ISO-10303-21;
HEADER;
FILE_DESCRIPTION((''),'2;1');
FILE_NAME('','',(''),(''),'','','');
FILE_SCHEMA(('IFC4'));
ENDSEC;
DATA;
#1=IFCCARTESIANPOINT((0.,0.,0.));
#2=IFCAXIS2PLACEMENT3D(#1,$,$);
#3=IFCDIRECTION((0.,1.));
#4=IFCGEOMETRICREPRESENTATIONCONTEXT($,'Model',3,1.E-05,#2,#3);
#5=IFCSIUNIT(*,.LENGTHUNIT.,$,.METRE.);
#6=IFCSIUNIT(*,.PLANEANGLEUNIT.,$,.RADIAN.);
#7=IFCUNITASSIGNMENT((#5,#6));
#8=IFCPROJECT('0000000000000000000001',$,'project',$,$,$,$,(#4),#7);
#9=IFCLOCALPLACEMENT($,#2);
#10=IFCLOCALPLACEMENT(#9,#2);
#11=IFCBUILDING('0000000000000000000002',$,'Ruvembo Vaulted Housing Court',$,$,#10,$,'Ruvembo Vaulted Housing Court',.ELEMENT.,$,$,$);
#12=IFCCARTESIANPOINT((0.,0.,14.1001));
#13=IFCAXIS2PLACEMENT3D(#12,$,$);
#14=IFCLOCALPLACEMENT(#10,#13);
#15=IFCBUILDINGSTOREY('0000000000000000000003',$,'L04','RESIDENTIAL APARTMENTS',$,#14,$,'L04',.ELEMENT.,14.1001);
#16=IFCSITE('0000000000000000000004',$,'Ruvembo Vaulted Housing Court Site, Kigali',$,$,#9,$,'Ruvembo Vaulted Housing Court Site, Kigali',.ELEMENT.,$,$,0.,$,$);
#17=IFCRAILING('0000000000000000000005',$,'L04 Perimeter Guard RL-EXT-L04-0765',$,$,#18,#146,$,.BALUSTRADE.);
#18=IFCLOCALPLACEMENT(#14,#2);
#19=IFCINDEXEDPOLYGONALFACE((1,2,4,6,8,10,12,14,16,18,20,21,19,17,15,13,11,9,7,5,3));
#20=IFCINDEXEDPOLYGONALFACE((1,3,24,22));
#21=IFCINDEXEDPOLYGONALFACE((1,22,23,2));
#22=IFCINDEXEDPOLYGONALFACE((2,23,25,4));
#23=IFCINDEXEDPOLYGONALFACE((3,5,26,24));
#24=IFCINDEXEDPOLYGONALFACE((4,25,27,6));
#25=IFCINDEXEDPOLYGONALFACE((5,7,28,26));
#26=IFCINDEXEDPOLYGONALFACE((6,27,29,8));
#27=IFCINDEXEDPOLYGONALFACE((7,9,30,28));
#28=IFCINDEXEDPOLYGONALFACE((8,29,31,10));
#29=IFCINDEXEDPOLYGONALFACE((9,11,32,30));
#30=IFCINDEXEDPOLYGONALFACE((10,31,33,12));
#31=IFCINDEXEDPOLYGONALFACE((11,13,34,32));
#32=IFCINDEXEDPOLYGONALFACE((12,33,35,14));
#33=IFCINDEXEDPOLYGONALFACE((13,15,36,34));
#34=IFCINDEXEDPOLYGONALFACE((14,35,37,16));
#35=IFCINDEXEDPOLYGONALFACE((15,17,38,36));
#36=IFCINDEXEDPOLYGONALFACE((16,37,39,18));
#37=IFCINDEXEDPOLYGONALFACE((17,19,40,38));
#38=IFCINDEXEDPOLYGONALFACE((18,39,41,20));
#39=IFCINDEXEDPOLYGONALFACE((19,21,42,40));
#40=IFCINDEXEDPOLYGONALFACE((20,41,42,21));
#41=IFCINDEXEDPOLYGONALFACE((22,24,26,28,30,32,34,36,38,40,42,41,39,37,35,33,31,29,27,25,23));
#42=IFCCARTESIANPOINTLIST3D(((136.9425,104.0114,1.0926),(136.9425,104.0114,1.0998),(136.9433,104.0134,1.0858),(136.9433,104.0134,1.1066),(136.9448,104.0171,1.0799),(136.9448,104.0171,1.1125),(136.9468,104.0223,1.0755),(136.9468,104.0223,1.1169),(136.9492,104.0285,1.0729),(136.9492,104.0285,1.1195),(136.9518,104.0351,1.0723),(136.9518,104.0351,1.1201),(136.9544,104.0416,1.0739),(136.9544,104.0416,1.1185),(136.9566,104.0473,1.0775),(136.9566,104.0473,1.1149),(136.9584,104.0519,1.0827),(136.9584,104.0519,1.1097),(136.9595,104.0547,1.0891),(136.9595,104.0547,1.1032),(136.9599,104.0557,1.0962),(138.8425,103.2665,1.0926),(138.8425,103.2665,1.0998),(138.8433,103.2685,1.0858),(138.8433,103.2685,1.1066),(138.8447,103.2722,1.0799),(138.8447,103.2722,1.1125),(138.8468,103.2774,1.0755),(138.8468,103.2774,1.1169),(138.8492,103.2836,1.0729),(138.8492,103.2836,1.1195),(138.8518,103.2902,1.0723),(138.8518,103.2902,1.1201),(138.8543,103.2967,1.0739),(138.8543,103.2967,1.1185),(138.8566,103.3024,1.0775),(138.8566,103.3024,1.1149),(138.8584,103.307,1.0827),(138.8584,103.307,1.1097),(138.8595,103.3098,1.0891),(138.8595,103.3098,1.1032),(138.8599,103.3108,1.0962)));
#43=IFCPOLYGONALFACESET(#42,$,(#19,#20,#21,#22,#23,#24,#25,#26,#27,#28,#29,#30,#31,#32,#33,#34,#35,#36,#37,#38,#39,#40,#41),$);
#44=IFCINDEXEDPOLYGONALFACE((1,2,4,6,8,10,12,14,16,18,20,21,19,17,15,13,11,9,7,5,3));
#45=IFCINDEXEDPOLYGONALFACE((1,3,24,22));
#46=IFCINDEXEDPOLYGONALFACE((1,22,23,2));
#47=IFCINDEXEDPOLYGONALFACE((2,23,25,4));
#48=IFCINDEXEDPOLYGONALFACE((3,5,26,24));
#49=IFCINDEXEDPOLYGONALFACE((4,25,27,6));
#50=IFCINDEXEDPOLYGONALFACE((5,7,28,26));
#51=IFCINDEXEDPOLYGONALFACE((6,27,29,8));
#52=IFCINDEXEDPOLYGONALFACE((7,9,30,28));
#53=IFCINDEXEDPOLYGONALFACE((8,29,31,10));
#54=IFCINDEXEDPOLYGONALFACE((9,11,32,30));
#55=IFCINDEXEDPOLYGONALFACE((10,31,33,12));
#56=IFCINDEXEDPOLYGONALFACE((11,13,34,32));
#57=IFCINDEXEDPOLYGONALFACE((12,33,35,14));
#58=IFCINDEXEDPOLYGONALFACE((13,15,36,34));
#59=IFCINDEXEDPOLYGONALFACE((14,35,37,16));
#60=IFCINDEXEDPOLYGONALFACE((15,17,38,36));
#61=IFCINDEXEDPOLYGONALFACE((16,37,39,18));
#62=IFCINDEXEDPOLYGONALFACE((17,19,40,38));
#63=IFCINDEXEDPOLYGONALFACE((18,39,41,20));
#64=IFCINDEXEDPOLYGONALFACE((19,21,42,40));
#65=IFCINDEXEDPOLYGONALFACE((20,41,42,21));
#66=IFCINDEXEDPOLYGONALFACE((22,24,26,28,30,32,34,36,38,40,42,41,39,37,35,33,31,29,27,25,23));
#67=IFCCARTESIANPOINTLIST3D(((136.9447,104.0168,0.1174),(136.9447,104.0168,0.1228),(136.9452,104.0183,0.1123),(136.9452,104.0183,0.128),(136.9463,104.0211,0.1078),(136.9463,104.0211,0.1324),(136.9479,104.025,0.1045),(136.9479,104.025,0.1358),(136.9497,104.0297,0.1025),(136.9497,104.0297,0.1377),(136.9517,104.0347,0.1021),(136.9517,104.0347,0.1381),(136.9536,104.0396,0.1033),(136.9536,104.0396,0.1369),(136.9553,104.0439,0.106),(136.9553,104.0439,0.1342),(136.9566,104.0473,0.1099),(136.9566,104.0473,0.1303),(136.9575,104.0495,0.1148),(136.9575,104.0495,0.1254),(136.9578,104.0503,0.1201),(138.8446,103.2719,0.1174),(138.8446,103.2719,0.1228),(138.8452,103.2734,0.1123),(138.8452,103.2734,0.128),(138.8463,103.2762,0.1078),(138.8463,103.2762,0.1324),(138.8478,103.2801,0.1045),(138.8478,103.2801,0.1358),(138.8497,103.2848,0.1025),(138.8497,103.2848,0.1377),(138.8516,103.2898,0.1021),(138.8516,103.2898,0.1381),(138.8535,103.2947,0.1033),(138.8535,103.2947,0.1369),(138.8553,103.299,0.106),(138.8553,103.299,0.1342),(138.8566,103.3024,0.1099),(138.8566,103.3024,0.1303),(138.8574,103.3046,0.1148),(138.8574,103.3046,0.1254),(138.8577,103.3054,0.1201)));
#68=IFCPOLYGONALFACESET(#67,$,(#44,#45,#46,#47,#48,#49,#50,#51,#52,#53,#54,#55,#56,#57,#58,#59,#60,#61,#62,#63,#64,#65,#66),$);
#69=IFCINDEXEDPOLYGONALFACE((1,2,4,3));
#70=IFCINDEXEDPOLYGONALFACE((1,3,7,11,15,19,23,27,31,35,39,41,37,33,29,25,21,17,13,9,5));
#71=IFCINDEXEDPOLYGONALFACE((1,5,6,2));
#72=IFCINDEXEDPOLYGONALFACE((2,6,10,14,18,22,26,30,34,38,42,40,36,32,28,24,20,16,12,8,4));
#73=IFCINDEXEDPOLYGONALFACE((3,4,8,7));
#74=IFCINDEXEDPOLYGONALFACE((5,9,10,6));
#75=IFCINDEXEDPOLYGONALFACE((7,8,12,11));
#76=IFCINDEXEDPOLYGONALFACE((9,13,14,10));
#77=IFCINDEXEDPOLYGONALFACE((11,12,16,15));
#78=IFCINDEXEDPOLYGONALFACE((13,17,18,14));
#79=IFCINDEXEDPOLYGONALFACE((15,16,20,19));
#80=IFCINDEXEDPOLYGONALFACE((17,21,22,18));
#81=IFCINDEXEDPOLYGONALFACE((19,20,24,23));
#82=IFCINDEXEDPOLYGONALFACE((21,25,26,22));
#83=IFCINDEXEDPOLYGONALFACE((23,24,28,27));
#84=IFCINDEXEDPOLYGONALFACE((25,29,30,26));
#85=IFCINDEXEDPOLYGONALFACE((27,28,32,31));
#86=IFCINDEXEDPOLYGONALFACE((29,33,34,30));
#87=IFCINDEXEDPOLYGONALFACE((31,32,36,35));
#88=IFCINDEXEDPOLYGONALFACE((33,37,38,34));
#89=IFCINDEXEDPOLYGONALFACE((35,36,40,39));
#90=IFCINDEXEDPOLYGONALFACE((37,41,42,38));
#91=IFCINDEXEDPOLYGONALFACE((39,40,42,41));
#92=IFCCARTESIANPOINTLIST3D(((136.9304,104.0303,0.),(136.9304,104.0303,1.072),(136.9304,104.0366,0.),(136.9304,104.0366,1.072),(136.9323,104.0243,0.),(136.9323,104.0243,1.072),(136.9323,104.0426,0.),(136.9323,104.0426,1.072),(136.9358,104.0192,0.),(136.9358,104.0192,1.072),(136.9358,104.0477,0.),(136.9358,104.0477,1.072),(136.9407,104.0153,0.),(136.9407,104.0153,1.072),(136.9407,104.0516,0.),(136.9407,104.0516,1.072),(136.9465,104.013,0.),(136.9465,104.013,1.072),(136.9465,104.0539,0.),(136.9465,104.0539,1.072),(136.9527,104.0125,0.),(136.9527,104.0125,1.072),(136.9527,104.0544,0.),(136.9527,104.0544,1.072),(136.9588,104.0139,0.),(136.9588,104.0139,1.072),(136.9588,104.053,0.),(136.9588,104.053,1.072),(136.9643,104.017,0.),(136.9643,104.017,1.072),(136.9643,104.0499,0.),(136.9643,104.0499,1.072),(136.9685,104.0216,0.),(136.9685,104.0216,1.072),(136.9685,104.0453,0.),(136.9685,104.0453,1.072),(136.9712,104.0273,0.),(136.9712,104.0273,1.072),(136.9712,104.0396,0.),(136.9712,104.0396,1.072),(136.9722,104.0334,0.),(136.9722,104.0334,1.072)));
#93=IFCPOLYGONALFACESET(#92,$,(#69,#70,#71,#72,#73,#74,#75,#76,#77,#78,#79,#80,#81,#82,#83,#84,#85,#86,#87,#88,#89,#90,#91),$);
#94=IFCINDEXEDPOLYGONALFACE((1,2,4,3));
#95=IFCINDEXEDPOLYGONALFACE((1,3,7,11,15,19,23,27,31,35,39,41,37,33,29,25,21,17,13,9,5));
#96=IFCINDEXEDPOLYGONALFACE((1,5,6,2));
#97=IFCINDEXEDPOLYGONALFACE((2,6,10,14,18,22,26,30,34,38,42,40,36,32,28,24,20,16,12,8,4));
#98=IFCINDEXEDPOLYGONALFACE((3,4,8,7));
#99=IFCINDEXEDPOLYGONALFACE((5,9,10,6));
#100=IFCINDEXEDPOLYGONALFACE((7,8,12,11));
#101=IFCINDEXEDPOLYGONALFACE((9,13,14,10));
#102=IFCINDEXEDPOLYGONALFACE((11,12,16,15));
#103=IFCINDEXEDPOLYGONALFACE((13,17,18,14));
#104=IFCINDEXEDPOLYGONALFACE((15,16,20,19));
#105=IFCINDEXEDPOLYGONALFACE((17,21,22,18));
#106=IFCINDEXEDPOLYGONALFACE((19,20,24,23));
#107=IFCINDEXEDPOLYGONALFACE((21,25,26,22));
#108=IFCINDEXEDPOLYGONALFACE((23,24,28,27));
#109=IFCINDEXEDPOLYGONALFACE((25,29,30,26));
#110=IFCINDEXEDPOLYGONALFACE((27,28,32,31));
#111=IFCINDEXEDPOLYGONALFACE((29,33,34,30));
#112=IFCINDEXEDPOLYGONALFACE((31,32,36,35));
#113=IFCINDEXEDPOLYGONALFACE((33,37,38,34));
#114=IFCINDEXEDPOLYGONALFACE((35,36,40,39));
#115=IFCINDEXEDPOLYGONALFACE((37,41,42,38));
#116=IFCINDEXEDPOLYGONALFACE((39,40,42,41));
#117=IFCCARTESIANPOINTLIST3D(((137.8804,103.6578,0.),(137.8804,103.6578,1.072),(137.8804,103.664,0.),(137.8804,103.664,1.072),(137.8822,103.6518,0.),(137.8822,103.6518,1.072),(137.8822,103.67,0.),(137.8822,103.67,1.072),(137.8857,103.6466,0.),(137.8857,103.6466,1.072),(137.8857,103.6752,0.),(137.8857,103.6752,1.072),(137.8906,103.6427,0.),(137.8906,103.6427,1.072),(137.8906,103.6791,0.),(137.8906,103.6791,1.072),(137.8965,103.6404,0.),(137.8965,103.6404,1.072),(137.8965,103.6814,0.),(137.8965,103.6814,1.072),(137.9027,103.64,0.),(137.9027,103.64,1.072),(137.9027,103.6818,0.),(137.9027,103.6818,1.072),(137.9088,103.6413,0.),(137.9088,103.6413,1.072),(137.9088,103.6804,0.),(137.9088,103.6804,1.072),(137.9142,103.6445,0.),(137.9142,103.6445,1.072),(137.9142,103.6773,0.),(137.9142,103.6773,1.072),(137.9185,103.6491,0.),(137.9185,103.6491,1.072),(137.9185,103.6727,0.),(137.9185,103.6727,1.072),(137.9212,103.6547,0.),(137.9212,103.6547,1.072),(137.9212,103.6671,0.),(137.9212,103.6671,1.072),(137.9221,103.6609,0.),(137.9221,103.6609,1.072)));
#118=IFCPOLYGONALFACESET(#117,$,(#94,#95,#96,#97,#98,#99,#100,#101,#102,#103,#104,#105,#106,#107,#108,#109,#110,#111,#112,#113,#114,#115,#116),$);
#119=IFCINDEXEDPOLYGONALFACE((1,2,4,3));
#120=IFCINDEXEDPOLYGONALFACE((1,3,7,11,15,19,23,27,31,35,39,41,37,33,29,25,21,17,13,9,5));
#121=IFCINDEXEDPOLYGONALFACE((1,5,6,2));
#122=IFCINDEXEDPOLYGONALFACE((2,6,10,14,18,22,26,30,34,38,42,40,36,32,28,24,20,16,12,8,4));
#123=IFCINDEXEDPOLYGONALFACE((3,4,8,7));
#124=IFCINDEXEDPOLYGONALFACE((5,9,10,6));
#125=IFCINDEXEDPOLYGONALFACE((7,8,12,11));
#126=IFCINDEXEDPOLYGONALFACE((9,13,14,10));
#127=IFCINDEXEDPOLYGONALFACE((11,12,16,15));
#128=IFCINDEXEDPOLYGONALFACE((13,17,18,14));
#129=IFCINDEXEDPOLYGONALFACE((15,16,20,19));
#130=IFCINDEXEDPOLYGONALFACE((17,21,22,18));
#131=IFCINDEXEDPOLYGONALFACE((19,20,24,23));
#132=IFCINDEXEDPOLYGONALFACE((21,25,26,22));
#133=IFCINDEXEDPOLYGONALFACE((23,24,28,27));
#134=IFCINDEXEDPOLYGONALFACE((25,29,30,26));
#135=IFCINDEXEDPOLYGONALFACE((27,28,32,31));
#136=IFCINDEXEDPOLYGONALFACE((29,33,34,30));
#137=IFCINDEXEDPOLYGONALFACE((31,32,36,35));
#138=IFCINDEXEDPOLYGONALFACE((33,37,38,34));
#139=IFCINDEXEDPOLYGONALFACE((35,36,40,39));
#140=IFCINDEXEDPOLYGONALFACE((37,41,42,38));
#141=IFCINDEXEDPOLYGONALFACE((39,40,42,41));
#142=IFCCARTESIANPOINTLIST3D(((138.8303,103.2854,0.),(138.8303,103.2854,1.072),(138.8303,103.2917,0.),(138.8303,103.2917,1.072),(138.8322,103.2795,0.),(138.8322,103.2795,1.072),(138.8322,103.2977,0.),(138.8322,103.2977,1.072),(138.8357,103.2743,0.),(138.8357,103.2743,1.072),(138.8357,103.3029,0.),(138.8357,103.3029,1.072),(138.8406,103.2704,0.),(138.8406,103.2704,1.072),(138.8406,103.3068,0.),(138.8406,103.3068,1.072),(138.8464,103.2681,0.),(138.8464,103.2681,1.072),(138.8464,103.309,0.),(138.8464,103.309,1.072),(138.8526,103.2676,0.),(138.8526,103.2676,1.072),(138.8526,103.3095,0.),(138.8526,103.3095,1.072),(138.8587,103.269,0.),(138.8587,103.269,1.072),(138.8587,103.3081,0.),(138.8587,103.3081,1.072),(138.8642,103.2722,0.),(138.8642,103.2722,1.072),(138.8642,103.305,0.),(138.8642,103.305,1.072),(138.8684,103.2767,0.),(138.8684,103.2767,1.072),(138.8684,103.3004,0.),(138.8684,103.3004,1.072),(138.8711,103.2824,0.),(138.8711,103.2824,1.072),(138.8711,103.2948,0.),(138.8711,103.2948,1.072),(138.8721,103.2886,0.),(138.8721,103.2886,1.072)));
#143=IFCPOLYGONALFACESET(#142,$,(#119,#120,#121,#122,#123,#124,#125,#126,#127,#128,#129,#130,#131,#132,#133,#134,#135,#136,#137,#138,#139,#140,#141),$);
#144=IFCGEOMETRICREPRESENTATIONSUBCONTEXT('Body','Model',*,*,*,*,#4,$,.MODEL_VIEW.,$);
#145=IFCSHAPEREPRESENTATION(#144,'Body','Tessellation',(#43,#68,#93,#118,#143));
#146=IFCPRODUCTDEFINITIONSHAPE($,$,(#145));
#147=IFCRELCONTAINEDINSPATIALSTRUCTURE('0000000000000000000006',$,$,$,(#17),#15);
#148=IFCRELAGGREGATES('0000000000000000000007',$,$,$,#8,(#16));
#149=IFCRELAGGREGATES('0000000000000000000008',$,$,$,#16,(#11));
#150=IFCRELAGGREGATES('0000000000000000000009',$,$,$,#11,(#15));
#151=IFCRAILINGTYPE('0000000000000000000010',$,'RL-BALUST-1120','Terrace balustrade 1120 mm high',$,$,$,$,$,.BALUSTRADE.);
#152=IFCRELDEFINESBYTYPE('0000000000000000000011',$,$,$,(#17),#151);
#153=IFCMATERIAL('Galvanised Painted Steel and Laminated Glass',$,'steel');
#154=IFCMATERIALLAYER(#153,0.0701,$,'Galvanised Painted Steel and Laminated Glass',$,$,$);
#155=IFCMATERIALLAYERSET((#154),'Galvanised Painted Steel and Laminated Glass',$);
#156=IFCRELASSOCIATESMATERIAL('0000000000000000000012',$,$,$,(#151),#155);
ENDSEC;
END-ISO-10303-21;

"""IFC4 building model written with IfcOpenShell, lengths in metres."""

from ifc_helpers import new_model, si_unit, direction, frame, origin, origin_2d, place, context, subcontext, project, spatial, circle, extrude, material, layer, layer_set, type_object, element, save


model = new_model("IFC4")

# Units and contexts
model_context = context("Model", 3, precision=1e-05, world=origin(), true_north=direction((0.0, 1.0)))
body_context = subcontext(model_context, "Body", "Model", "MODEL_VIEW")
ifc_project = project(units=[si_unit("LENGTHUNIT", "METRE"), si_unit("PLANEANGLEUNIT", "RADIAN")], contexts=[model_context])

# Site, building, storey
site_placement = place(None, origin())
site = spatial("IfcSite", under=ifc_project, at=site_placement, Name="Ruvembo Vaulted Housing Court Site, Kigali", LongName="Ruvembo Vaulted Housing Court Site, Kigali", CompositionType="ELEMENT", RefElevation=0.0)
building_placement = place(site_placement, origin())
building = spatial("IfcBuilding", under=site, at=building_placement, Name="Ruvembo Vaulted Housing Court", LongName="Ruvembo Vaulted Housing Court", CompositionType="ELEMENT")
storey_placement = place(building_placement, frame((0.0, 0.0, 14.1001)))
storey = spatial("IfcBuildingStorey", under=building, at=storey_placement, Name="L04", Description="RESIDENTIAL APARTMENTS", LongName="L04", CompositionType="ELEMENT", Elevation=14.1001)

# Railing
ifc_material_1 = material(Name="Galvanised Painted Steel and Laminated Glass", Category="steel")
ifc_layer_1 = layer(ifc_material_1, 0.0701, Name="Galvanised Painted Steel and Laminated Glass")
ifc_layer_set_1 = layer_set([ifc_layer_1], Name="Galvanised Painted Steel and Laminated Glass")
railing_type_1 = type_object("IfcRailingType", Name="RL-BALUST-1120", Description="Terrace balustrade 1120 mm high", PredefinedType="BALUSTRADE", material=ifc_layer_set_1)
railing_1_placement = place(storey_placement, frame((136.9512, 104.0334, 0.0)))
element("IfcRailing", 1, at=railing_1_placement, inside=storey, type_object=railing_type_1, Name="L04 Perimeter Guard RL-EXT-L04-0765", PredefinedType="BALUSTRADE", context=body_context, shape_type="SweptSolid", body=[
    extrude(circle(Radius=0.0239, at=origin_2d()), frame((0.0, 0.0, 1.0962), z_axis=(0.931004, -0.365008, 0.0), x_axis=(0.365008, 0.931004, 0.0)), (0.0, 0.0, 1.0), 2.0408),
    extrude(circle(Radius=0.0181, at=origin_2d()), frame((0.0, 0.0, 0.1201), z_axis=(0.931004, -0.365008, 0.0), x_axis=(0.365008, 0.931004, 0.0)), (0.0, 0.0, 1.0), 2.0408),
    extrude(circle(Radius=0.021, at=origin_2d()), origin(), (0.0, 0.0, 1.0), 1.072),
    extrude(circle(Radius=0.021, at=origin_2d()), frame((0.95, -0.3726, 0.0)), (0.0, 0.0, 1.0), 1.072),
    extrude(circle(Radius=0.021, at=origin_2d()), frame((1.8999, -0.7449, 0.0)), (0.0, 0.0, 1.0), 1.072),
])

save(model, "model.ifc")
